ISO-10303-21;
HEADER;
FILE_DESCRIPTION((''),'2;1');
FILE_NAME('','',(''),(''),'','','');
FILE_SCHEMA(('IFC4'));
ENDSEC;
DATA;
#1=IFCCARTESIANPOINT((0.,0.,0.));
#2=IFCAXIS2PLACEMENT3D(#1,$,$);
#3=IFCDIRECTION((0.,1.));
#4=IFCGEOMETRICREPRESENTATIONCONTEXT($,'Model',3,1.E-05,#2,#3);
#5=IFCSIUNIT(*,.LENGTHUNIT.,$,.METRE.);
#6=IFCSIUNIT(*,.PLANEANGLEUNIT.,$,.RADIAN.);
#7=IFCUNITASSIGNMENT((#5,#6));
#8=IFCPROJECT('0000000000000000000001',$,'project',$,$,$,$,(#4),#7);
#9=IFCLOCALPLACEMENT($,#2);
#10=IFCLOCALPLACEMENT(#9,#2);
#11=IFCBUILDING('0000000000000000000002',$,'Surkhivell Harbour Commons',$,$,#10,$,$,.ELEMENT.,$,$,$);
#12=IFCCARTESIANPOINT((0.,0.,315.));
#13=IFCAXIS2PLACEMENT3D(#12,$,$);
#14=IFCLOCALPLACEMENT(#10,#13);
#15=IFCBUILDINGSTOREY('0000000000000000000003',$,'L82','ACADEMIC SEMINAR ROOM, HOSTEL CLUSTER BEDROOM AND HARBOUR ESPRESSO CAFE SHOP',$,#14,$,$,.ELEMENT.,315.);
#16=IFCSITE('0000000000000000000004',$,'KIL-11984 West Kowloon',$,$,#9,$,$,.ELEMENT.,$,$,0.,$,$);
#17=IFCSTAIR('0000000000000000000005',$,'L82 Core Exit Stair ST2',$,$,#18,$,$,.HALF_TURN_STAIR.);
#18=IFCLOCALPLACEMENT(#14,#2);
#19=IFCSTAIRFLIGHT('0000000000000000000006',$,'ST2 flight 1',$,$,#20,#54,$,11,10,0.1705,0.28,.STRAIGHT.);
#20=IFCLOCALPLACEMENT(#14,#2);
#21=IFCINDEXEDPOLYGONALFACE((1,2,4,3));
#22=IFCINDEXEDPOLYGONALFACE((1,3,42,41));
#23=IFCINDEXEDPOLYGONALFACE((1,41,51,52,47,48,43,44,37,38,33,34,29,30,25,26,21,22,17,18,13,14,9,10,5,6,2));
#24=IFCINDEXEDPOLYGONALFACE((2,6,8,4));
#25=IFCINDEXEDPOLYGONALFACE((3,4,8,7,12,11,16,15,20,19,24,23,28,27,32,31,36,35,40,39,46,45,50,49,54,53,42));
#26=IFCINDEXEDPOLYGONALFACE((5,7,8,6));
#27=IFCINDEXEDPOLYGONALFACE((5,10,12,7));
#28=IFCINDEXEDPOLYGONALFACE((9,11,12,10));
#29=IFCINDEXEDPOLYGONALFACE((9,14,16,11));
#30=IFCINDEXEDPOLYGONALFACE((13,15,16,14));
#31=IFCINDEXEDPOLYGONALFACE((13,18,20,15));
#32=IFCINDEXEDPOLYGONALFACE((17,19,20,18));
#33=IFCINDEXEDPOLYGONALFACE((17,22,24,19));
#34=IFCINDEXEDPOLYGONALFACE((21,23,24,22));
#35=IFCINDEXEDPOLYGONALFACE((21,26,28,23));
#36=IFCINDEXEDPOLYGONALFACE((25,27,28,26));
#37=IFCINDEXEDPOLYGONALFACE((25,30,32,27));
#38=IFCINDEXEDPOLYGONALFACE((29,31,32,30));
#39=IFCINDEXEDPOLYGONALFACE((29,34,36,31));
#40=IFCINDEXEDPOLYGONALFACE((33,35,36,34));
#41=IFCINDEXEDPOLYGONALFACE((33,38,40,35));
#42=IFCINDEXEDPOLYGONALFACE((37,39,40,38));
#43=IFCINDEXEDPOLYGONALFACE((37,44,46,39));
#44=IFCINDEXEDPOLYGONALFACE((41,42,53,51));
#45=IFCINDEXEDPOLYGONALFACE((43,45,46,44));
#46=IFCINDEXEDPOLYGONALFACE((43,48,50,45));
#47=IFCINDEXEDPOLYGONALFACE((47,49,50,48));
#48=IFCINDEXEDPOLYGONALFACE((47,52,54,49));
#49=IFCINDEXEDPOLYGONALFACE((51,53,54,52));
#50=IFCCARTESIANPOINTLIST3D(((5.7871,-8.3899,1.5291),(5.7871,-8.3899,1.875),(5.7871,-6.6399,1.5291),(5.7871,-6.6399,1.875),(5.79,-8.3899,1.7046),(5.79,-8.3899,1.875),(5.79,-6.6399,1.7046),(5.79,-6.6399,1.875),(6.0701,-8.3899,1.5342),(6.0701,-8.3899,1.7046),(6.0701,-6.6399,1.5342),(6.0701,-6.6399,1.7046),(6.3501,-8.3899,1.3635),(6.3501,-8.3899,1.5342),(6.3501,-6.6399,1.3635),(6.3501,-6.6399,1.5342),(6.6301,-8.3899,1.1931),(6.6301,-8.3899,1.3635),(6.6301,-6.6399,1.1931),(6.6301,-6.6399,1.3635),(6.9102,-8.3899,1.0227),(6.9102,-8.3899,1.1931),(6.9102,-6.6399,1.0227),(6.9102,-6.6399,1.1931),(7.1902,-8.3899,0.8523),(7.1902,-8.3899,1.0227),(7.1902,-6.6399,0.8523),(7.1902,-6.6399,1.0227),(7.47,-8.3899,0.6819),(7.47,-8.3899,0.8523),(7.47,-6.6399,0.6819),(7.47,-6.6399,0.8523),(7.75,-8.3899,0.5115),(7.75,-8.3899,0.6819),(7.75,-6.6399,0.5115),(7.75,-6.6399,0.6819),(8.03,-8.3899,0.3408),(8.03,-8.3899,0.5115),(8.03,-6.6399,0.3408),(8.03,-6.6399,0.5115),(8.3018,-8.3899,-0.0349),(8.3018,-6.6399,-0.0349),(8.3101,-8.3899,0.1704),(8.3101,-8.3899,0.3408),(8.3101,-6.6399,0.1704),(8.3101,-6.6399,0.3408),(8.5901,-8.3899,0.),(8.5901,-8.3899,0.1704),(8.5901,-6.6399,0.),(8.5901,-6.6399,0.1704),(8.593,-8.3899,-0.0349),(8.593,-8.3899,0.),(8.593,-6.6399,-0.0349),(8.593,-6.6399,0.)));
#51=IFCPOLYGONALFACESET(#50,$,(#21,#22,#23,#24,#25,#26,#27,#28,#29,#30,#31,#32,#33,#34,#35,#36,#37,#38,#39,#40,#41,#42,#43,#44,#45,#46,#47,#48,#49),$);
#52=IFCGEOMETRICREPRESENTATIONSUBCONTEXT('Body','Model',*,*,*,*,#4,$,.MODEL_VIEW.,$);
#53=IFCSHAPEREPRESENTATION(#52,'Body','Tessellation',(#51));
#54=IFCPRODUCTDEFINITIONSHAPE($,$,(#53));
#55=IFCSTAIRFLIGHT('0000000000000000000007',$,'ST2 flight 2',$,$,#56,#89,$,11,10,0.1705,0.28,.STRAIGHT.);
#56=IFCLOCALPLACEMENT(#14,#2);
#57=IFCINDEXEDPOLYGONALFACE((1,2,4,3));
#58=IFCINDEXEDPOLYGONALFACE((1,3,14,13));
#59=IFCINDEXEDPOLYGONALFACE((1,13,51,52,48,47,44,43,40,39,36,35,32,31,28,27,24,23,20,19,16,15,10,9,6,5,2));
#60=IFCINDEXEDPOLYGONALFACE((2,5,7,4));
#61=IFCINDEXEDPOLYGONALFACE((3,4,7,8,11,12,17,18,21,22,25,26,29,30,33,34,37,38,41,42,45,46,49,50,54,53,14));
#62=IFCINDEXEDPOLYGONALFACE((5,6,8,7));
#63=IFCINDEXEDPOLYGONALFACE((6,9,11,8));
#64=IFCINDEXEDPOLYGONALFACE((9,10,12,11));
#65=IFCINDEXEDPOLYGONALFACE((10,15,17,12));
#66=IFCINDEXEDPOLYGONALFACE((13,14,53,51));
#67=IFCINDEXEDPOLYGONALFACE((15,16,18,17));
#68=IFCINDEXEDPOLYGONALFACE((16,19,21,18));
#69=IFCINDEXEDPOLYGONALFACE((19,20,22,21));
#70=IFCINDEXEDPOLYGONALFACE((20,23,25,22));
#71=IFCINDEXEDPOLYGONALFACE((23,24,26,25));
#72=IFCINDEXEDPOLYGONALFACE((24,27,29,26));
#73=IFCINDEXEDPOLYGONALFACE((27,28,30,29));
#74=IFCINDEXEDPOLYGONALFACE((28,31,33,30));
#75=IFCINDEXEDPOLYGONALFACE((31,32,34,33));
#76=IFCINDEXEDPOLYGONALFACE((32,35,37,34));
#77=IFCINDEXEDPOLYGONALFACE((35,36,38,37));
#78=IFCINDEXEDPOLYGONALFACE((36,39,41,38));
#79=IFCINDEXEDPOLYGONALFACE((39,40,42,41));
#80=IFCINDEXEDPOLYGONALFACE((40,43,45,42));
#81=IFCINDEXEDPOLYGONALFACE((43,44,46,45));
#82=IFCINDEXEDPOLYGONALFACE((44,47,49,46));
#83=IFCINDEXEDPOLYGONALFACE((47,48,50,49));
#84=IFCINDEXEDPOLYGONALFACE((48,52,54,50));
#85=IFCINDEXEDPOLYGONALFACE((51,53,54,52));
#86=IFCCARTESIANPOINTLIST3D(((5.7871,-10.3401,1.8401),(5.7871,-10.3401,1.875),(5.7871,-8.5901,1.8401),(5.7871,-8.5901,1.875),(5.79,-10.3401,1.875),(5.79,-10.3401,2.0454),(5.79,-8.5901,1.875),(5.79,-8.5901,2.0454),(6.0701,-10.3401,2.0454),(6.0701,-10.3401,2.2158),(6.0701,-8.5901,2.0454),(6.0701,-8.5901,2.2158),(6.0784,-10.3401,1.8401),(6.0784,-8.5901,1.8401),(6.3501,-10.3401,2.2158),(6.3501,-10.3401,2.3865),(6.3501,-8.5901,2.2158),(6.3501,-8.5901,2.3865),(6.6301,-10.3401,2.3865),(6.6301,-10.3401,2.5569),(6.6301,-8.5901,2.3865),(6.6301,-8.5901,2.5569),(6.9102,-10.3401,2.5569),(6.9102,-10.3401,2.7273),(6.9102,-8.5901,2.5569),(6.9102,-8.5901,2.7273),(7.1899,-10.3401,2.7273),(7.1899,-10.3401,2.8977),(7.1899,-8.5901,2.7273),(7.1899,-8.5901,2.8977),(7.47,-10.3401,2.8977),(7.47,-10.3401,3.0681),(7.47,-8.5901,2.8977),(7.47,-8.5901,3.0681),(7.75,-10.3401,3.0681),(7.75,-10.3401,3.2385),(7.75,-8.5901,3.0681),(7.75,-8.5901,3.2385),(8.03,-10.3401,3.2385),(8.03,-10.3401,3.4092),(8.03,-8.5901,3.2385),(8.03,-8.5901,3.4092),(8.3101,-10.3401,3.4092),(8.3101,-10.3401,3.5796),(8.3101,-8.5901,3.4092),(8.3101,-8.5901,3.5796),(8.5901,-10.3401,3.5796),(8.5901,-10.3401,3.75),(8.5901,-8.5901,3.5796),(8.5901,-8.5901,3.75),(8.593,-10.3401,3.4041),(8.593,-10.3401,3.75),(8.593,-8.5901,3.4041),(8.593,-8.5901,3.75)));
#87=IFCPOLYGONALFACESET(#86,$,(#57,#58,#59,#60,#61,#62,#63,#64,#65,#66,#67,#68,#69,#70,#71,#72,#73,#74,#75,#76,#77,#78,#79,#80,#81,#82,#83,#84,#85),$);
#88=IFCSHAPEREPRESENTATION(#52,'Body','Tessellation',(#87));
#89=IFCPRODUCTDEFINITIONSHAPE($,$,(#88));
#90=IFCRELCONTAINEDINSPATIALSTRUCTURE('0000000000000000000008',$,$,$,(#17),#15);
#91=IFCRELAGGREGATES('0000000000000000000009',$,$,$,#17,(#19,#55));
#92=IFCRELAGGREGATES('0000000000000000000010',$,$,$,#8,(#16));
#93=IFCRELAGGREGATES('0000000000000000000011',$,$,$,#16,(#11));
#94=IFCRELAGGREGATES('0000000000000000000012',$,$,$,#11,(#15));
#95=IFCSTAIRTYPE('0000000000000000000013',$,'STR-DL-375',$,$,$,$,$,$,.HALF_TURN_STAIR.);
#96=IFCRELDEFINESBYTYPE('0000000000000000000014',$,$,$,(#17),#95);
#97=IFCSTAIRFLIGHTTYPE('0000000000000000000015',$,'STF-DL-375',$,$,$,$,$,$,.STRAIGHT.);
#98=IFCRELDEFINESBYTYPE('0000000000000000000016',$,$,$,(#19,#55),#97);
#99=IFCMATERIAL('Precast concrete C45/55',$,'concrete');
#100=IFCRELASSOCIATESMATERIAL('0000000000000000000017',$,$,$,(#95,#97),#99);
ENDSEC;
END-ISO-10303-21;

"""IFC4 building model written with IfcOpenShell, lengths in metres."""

from ifc_helpers import new_model, si_unit, direction, frame, origin, place, context, subcontext, project, spatial, polyline, outline, extrude, material, type_object, element, aggregate, save


model = new_model("IFC4")

# Units and contexts
model_context = context("Model", 3, precision=1e-05, world=origin(), true_north=direction((0.0, 1.0)))
body_context = subcontext(model_context, "Body", "Model", "MODEL_VIEW")
ifc_project = project(units=[si_unit("LENGTHUNIT", "METRE"), si_unit("PLANEANGLEUNIT", "RADIAN")], contexts=[model_context])

# Site, building, storey
site_placement = place(None, origin())
site = spatial("IfcSite", under=ifc_project, at=site_placement, Name="KIL-11984 West Kowloon", CompositionType="ELEMENT", RefElevation=0.0)
building_placement = place(site_placement, origin())
building = spatial("IfcBuilding", under=site, at=building_placement, Name="Surkhivell Harbour Commons", CompositionType="ELEMENT")
storey_placement = place(building_placement, frame((0.0, 0.0, 315.0)))
storey = spatial("IfcBuildingStorey", under=building, at=storey_placement, Name="L82", Description="ACADEMIC SEMINAR ROOM, HOSTEL CLUSTER BEDROOM AND HARBOUR ESPRESSO CAFE SHOP", CompositionType="ELEMENT", Elevation=315.0)

# Stair, stair flights
ifc_material_1 = material(Name="Precast concrete C45/55", Category="concrete")
stair_type = type_object("IfcStairType", Name="STR-DL-375", PredefinedType="HALF_TURN_STAIR", material=ifc_material_1)
stair_placement = place(storey_placement, origin())
stair = element("IfcStair", 1, at=stair_placement, inside=storey, type_object=stair_type, Name="L82 Core Exit Stair ST2", PredefinedType="HALF_TURN_STAIR")
stair_flight_type = type_object("IfcStairFlightType", Name="STF-DL-375", PredefinedType="STRAIGHT", material=ifc_material_1)
stair_flight_1_placement = place(storey_placement, frame((8.5901, -7.5149, 0.0), z_axis=(0.0, 0.0, 1.0), x_axis=(-1.0, 0.0, 0.0)))
stair_flight_1 = element("IfcStairFlight", 2, at=stair_flight_1_placement, type_object=stair_flight_type, Name="ST2 flight 1", NumberOfRisers=11, NumberOfTreads=10, PredefinedType="STRAIGHT", RiserHeight=0.1705, TreadLength=0.28, context=body_context, shape_type="SweptSolid", body=[
    extrude(outline(polyline([(-0.0029, -0.0349), (-0.0029, 0.0), (0.0, 0.0), (0.0, 0.1704), (0.28, 0.1704), (0.28, 0.3408), (0.5601, 0.3408), (0.5601, 0.5115), (0.8401, 0.5115), (0.8401, 0.6819), (1.1201, 0.6819), (1.1201, 0.8523), (1.3999, 0.8523), (1.3999, 1.0227), (1.6799, 1.0227), (1.6799, 1.1931), (1.96, 1.1931), (1.96, 1.3635), (2.24, 1.3635), (2.24, 1.5342), (2.52, 1.5342), (2.52, 1.7046), (2.8, 1.7046), (2.8, 1.875), (2.803, 1.875), (2.803, 1.5291), (0.2883, -0.0349), (-0.0029, -0.0349)])), frame((0.0, 0.875, 0.0), z_axis=(0.0, -1.0, 0.0), x_axis=(1.0, 0.0, 0.0)), (0.0, 0.0, 1.0), 1.75),
])
stair_flight_2_placement = place(storey_placement, frame((5.79, -9.4651, 1.875), z_axis=(0.0, 0.0, 1.0), x_axis=(1.0, 0.0, 0.0)))
stair_flight_2 = element("IfcStairFlight", 3, at=stair_flight_2_placement, type_object=stair_flight_type, Name="ST2 flight 2", NumberOfRisers=11, NumberOfTreads=10, PredefinedType="STRAIGHT", RiserHeight=0.1705, TreadLength=0.28, context=body_context, shape_type="SweptSolid", body=[
    extrude(outline(polyline([(-0.0029, -0.0349), (-0.0029, 0.0), (0.0, 0.0), (0.0, 0.1704), (0.28, 0.1704), (0.28, 0.3408), (0.5601, 0.3408), (0.5601, 0.5115), (0.8401, 0.5115), (0.8401, 0.6819), (1.1201, 0.6819), (1.1201, 0.8523), (1.3999, 0.8523), (1.3999, 1.0227), (1.6799, 1.0227), (1.6799, 1.1931), (1.96, 1.1931), (1.96, 1.3635), (2.24, 1.3635), (2.24, 1.5342), (2.52, 1.5342), (2.52, 1.7046), (2.8, 1.7046), (2.8, 1.875), (2.803, 1.875), (2.803, 1.5291), (0.2883, -0.0349), (-0.0029, -0.0349)])), frame((0.0, 0.875, 0.0), z_axis=(0.0, -1.0, 0.0), x_axis=(1.0, 0.0, 0.0)), (0.0, 0.0, 1.0), 1.75),
])
aggregate(stair, [stair_flight_1, stair_flight_2])

save(model, "model.ifc")
